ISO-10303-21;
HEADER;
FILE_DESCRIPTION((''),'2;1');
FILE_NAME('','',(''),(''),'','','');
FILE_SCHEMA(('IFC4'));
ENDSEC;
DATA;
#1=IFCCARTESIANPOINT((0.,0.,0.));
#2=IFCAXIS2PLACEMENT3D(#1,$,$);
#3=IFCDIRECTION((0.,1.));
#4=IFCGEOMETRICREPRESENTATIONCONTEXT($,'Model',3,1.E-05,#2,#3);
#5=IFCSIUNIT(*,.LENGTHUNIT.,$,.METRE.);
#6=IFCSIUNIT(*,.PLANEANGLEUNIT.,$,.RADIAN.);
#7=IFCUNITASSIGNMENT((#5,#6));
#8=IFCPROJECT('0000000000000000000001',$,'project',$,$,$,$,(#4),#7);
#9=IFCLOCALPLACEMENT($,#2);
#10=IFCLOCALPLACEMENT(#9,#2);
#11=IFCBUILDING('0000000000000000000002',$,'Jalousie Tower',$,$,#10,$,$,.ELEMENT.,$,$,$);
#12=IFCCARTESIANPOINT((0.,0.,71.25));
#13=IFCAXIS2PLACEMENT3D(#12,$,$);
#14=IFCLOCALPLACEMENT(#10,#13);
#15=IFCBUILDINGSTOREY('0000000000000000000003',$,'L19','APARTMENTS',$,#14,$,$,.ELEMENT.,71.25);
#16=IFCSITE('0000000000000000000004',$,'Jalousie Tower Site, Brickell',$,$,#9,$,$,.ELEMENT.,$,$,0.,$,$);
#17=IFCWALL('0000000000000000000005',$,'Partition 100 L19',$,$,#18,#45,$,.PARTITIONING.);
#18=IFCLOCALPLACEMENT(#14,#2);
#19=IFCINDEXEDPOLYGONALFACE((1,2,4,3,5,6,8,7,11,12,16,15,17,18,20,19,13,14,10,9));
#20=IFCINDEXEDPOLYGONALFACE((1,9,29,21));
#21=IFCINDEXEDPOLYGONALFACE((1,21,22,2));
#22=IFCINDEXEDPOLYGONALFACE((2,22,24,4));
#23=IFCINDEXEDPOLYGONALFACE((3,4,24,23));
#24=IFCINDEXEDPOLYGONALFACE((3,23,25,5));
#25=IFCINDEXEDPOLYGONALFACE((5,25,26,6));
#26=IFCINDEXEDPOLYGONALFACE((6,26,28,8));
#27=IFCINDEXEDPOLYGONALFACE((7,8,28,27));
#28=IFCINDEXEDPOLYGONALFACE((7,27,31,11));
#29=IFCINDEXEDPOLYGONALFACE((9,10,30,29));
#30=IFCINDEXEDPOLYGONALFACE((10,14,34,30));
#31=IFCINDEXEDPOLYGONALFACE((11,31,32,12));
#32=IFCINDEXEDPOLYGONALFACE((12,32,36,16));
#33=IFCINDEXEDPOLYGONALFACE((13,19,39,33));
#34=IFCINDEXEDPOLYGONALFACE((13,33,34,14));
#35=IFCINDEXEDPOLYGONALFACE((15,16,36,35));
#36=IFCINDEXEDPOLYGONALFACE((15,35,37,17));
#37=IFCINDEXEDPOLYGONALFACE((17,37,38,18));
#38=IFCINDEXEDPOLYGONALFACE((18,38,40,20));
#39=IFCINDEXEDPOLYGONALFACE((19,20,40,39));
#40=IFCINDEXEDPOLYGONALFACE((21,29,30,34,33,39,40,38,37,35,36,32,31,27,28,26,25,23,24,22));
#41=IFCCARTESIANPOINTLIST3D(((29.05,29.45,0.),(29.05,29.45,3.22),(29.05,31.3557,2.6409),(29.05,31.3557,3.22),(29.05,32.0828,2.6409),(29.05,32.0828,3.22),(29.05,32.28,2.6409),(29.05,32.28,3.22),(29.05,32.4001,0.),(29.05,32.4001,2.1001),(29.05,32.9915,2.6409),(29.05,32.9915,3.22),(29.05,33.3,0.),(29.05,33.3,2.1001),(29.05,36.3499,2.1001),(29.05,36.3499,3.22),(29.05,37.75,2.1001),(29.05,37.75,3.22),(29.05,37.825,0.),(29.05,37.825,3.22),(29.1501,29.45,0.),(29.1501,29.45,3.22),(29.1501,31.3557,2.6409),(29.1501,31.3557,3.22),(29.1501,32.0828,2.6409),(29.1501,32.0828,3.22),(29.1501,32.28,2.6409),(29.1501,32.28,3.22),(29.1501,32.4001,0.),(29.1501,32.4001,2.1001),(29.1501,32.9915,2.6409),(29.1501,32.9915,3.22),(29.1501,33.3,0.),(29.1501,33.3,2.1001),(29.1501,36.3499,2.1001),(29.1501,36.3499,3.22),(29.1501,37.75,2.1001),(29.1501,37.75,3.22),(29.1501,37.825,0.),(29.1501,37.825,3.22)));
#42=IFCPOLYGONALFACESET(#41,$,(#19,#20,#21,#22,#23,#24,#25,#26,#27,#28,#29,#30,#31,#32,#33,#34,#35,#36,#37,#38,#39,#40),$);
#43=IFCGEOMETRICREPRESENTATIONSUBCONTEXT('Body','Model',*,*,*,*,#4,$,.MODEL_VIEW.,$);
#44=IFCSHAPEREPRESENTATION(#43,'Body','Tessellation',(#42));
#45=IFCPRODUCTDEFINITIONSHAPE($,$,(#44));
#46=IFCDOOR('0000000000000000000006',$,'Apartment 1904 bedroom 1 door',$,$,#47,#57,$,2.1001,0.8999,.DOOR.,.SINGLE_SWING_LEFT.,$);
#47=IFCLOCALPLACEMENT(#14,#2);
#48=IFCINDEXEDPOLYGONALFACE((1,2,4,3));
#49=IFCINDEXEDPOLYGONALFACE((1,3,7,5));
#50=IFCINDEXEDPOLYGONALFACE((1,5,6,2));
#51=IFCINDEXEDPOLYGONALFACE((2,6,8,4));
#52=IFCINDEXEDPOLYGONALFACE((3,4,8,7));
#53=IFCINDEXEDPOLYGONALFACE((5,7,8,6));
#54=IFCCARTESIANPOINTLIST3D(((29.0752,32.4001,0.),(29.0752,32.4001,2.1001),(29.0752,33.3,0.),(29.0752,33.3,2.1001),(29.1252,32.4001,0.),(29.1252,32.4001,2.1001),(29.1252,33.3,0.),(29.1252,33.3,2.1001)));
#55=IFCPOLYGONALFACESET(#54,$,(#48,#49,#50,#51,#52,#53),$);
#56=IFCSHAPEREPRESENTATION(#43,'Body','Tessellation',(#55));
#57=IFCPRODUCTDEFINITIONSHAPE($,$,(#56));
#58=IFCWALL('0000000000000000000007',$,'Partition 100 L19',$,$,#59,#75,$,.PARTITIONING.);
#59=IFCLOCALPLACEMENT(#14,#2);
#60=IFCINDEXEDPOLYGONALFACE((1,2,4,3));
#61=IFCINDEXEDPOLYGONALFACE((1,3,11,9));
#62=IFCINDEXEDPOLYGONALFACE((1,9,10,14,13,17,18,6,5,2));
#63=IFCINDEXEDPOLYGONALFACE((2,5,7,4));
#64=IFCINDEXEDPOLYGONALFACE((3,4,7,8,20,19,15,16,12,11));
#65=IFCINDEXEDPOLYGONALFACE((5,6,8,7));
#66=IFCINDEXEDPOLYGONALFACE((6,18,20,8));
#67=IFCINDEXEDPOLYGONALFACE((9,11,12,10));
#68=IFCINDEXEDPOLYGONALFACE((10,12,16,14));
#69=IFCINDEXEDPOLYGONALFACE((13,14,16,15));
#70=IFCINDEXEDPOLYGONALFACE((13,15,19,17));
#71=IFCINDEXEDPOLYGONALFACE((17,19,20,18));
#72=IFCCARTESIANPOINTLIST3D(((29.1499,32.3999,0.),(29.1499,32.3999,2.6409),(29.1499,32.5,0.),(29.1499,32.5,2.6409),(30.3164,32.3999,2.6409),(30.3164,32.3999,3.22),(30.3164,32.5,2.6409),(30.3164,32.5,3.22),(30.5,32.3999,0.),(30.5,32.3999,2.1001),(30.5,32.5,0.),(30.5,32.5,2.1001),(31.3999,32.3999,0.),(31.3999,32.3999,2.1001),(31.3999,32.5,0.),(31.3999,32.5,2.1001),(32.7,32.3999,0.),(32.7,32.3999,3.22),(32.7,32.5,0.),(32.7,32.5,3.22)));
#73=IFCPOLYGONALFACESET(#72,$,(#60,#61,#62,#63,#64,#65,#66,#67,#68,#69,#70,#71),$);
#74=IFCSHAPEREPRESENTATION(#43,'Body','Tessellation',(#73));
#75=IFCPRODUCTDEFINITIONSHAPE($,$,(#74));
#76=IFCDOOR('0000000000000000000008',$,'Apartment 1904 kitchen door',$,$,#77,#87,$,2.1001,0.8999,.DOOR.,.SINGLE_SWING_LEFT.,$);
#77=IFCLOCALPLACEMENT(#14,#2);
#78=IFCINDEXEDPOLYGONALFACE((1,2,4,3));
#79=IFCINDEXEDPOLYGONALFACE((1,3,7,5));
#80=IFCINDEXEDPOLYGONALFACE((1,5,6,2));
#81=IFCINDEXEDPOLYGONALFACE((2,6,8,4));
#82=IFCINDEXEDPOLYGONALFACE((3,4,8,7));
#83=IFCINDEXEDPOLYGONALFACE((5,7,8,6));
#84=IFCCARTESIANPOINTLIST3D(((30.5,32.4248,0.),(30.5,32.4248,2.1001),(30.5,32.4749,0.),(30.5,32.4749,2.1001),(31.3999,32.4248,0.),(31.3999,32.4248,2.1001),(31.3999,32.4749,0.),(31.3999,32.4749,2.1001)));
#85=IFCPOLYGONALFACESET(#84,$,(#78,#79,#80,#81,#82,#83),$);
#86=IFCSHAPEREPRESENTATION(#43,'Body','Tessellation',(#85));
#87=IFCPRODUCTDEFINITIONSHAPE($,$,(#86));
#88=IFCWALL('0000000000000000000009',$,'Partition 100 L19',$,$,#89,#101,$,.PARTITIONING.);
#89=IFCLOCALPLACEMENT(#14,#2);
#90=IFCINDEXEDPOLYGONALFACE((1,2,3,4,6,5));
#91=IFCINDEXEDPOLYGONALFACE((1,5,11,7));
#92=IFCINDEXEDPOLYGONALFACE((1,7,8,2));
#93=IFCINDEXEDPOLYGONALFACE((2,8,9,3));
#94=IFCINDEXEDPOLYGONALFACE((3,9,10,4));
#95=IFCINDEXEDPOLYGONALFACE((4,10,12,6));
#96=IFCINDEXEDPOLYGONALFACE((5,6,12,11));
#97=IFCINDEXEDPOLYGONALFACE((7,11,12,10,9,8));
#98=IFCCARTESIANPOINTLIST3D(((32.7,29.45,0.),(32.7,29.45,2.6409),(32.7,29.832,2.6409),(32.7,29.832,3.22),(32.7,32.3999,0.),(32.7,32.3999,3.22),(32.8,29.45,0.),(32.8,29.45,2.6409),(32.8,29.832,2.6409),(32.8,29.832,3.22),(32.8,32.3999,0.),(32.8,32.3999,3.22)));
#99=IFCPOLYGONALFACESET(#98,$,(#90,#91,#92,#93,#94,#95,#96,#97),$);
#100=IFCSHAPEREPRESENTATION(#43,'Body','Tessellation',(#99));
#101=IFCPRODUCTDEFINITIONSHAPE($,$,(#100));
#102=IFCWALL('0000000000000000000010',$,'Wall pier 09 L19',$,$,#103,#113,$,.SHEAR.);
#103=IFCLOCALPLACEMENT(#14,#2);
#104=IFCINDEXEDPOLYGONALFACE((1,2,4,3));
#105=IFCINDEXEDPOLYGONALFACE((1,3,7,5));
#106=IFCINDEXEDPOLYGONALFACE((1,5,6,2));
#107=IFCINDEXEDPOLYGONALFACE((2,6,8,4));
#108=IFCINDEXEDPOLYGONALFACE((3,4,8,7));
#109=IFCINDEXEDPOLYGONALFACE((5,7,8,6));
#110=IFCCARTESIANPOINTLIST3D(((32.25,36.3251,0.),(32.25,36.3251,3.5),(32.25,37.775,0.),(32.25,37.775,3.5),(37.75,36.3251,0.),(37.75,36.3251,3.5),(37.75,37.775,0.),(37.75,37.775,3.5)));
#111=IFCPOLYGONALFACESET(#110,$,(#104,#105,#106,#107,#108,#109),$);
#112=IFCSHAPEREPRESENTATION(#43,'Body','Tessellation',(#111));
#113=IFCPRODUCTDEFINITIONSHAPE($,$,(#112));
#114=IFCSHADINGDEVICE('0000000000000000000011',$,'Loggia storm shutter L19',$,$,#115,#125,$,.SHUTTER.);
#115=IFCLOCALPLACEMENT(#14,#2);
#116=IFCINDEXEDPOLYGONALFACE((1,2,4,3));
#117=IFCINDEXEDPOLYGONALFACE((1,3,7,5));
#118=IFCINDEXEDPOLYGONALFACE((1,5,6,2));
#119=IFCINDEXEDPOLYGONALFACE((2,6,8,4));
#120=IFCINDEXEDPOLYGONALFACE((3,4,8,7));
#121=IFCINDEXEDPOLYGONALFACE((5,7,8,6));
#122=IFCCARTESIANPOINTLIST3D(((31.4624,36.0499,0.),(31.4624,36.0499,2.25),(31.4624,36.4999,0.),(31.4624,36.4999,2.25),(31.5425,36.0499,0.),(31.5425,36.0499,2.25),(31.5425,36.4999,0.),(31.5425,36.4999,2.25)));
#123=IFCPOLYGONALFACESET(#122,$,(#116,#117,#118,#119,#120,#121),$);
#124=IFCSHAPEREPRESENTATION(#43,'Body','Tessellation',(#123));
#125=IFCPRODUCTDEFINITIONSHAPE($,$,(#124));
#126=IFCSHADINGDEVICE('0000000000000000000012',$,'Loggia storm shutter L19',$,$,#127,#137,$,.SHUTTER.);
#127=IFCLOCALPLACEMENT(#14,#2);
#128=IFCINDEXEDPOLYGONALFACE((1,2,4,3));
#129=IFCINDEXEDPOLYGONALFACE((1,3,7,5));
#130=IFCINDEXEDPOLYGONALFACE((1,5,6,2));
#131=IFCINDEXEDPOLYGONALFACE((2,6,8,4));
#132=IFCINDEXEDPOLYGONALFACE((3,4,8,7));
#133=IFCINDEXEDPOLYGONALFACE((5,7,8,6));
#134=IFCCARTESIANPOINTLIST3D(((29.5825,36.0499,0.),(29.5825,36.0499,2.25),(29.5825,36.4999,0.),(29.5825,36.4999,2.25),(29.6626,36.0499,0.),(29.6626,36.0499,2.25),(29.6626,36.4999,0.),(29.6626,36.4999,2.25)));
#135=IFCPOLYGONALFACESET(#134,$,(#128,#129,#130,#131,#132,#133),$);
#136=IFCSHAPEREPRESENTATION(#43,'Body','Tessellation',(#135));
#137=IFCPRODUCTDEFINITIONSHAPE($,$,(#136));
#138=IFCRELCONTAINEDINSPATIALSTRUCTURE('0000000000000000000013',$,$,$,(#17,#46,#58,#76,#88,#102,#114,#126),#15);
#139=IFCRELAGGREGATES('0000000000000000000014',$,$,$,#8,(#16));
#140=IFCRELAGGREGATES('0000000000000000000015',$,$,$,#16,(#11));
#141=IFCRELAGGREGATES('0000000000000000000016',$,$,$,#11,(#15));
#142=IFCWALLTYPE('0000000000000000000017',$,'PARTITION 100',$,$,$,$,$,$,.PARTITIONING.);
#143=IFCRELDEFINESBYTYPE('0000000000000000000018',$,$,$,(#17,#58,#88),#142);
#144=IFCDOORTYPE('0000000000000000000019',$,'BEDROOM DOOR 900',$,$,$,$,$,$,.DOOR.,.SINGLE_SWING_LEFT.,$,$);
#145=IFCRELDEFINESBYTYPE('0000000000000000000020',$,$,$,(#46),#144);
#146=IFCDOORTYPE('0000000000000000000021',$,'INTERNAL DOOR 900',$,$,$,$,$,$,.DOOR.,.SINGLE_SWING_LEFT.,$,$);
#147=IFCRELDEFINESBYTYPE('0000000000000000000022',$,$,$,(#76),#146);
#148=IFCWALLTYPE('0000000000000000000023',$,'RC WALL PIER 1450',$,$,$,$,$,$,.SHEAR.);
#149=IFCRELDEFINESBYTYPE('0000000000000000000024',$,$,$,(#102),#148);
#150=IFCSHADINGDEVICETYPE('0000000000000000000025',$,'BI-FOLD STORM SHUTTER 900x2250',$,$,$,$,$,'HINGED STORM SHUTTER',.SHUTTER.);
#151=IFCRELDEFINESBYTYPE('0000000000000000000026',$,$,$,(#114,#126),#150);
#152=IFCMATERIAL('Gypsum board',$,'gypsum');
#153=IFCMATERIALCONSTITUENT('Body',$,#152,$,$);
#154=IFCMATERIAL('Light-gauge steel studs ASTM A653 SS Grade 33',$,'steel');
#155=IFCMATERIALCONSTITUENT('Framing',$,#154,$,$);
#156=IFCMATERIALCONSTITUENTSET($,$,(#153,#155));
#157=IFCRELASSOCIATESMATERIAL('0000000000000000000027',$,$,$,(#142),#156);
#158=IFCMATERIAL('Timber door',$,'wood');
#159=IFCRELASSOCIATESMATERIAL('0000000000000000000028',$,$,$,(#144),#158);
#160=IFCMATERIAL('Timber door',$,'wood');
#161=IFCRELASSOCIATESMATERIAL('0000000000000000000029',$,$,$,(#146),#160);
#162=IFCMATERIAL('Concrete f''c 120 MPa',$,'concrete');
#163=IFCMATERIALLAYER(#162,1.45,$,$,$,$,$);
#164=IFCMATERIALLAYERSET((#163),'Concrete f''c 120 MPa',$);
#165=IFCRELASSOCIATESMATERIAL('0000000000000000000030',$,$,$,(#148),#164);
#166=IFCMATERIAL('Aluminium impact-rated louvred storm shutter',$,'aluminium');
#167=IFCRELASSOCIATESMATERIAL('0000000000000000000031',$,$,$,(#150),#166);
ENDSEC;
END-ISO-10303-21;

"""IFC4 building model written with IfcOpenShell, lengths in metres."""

from ifc_helpers import new_model, si_unit, direction, frame, frame_2d, origin, origin_2d, place, context, subcontext, project, spatial, polyline, rectangle, outline, extrude, material, layer, layer_set, constituent, constituent_set, type_object, element, fill, save


model = new_model("IFC4")

# Units and contexts
model_context = context("Model", 3, precision=1e-05, world=origin(), true_north=direction((0.0, 1.0)))
body_context = subcontext(model_context, "Body", "Model", "MODEL_VIEW")
ifc_project = project(units=[si_unit("LENGTHUNIT", "METRE"), si_unit("PLANEANGLEUNIT", "RADIAN")], contexts=[model_context])

# Site, building, storey
site_placement = place(None, origin())
site = spatial("IfcSite", under=ifc_project, at=site_placement, Name="Jalousie Tower Site, Brickell", CompositionType="ELEMENT", RefElevation=0.0)
building_placement = place(site_placement, origin())
building = spatial("IfcBuilding", under=site, at=building_placement, Name="Jalousie Tower", CompositionType="ELEMENT")
storey_placement = place(building_placement, frame((0.0, 0.0, 71.25)))
storey = spatial("IfcBuildingStorey", under=building, at=storey_placement, Name="L19", Description="APARTMENTS", CompositionType="ELEMENT", Elevation=71.25)

# Walls, openings, doors
ifc_material_1 = material(Name="Gypsum board", Category="gypsum")
ifc_constituent_1 = constituent(ifc_material_1, Name="Body")
ifc_material_2 = material(Name="Light-gauge steel studs ASTM A653 SS Grade 33", Category="steel")
ifc_constituent_2 = constituent(ifc_material_2, Name="Framing")
ifc_constituent_set_1 = constituent_set(constituents=[ifc_constituent_1, ifc_constituent_2])
wall_type_1 = type_object("IfcWallType", Name="PARTITION 100", PredefinedType="PARTITIONING", material=ifc_constituent_set_1)
wall_1_placement = place(storey_placement, frame((29.1001, 37.825, 0.0), z_axis=(0.0, 0.0, 1.0), x_axis=(0.0, -1.0, 0.0)))
wall_1 = element("IfcWall", 1, at=wall_1_placement, inside=storey, type_object=wall_type_1, Name="Partition 100 L19", PredefinedType="PARTITIONING", context=body_context, shape_type="SweptSolid", body=[
    extrude(outline(polyline([(0.0, 0.0), (8.375, 0.0), (8.375, 3.22), (6.4692, 3.22), (6.4692, 2.6409), (5.7422, 2.6409), (5.7422, 3.22), (5.5449, 3.22), (5.5449, 2.6409), (4.8335, 2.6409), (4.8335, 3.22), (1.4751, 3.22), (1.4751, 2.1001), (0.075, 2.1001), (0.075, 3.22), (0.0, 3.22), (0.0, 0.0)])), frame((0.0, 0.05, 0.0), z_axis=(0.0, -1.0, 0.0), x_axis=(1.0, 0.0, 0.0)), (0.0, 0.0, 1.0), 0.1001),
])
opening_1_placement = place(wall_1_placement, frame((4.5249, 0.0, 0.0)))
opening_1 = element("IfcOpeningElement", 2, at=opening_1_placement, cuts=wall_1, PredefinedType="OPENING", context=body_context, shape_type="SweptSolid", body=[
    extrude(rectangle(XDim=0.8999, YDim=2.1001, at=frame_2d((0.45, 1.05))), frame((0.0, 0.0601, 0.0), z_axis=(0.0, -1.0, 0.0), x_axis=(1.0, 0.0, 0.0)), (0.0, 0.0, 1.0), 0.1201),
])
ifc_material_3 = material(Name="Timber door", Category="wood")
door_type_1 = type_object("IfcDoorType", Name="BEDROOM DOOR 900", OperationType="SINGLE_SWING_LEFT", PredefinedType="DOOR", material=ifc_material_3)
door_1_placement = place(opening_1_placement, frame((0.8999, 0.0, 0.0), z_axis=(0.0, 0.0, 1.0), x_axis=(-1.0, 0.0, 0.0)))
door_1 = element("IfcDoor", 3, at=door_1_placement, inside=storey, type_object=door_type_1, Name="Apartment 1904 bedroom 1 door", OperationType="SINGLE_SWING_LEFT", OverallHeight=2.1001, OverallWidth=0.8999, PredefinedType="DOOR", context=body_context, shape_type="SweptSolid", body=[
    extrude(rectangle(XDim=0.8999, YDim=2.1001, at=frame_2d((0.45, 1.05))), frame((0.0, 0.0249, 0.0), z_axis=(0.0, -1.0, 0.0), x_axis=(1.0, 0.0, 0.0)), (0.0, 0.0, 1.0), 0.05),
])
fill(opening_1, door_1)
wall_2_placement = place(storey_placement, frame((29.1499, 32.45, 0.0), z_axis=(0.0, 0.0, 1.0), x_axis=(1.0, 0.0, 0.0)))
wall_2 = element("IfcWall", 4, at=wall_2_placement, inside=storey, type_object=wall_type_1, Name="Partition 100 L19", PredefinedType="PARTITIONING", context=body_context, shape_type="SweptSolid", body=[
    extrude(outline(polyline([(0.0, 0.0), (3.55, 0.0), (3.55, 3.22), (1.1665, 3.22), (1.1665, 2.6409), (0.0, 2.6409), (0.0, 0.0)])), frame((0.0, 0.05, 0.0), z_axis=(0.0, -1.0, 0.0), x_axis=(1.0, 0.0, 0.0)), (0.0, 0.0, 1.0), 0.1001),
])
opening_2_placement = place(wall_2_placement, frame((1.3501, 0.0, 0.0)))
opening_2 = element("IfcOpeningElement", 5, at=opening_2_placement, cuts=wall_2, PredefinedType="OPENING", context=body_context, shape_type="SweptSolid", body=[
    extrude(rectangle(XDim=0.8999, YDim=2.1001, at=frame_2d((0.45, 1.05))), frame((0.0, 0.0601, 0.0), z_axis=(0.0, -1.0, 0.0), x_axis=(1.0, 0.0, 0.0)), (0.0, 0.0, 1.0), 0.1201),
])
ifc_material_4 = material(Name="Timber door", Category="wood")
door_type_2 = type_object("IfcDoorType", Name="INTERNAL DOOR 900", OperationType="SINGLE_SWING_LEFT", PredefinedType="DOOR", material=ifc_material_4)
door_2_placement = place(opening_2_placement, origin())
door_2 = element("IfcDoor", 6, at=door_2_placement, inside=storey, type_object=door_type_2, Name="Apartment 1904 kitchen door", OperationType="SINGLE_SWING_LEFT", OverallHeight=2.1001, OverallWidth=0.8999, PredefinedType="DOOR", context=body_context, shape_type="SweptSolid", body=[
    extrude(rectangle(XDim=0.8999, YDim=2.1001, at=frame_2d((0.45, 1.05))), frame((0.0, 0.0249, 0.0), z_axis=(0.0, -1.0, 0.0), x_axis=(1.0, 0.0, 0.0)), (0.0, 0.0, 1.0), 0.05),
])
fill(opening_2, door_2)

# Walls
wall_3_placement = place(storey_placement, frame((32.75, 32.3999, 0.0), z_axis=(0.0, 0.0, 1.0), x_axis=(0.0, -1.0, 0.0)))
element("IfcWall", 7, at=wall_3_placement, inside=storey, type_object=wall_type_1, Name="Partition 100 L19", PredefinedType="PARTITIONING", context=body_context, shape_type="SweptSolid", body=[
    extrude(outline(polyline([(0.0, 0.0), (2.95, 0.0), (2.95, 2.6409), (2.5679, 2.6409), (2.5679, 3.22), (0.0, 3.22), (0.0, 0.0)])), frame((0.0, 0.05, 0.0), z_axis=(0.0, -1.0, 0.0), x_axis=(1.0, 0.0, 0.0)), (0.0, 0.0, 1.0), 0.1001),
])
ifc_material_5 = material(Name="Concrete f'c 120 MPa", Category="concrete")
ifc_layer_1 = layer(ifc_material_5, 1.45)
ifc_layer_set_1 = layer_set([ifc_layer_1], Name="Concrete f'c 120 MPa")
wall_type_2 = type_object("IfcWallType", Name="RC WALL PIER 1450", PredefinedType="SHEAR", material=ifc_layer_set_1)
wall_4_placement = place(storey_placement, frame((32.25, 37.05, 0.0), z_axis=(0.0, 0.0, 1.0), x_axis=(1.0, 0.0, 0.0)))
element("IfcWall", 8, at=wall_4_placement, inside=storey, type_object=wall_type_2, Name="Wall pier 09 L19", PredefinedType="SHEAR", context=body_context, shape_type="SweptSolid", body=[
    extrude(rectangle(XDim=5.5, YDim=1.45, at=frame_2d((2.75, 0.0))), origin(), (0.0, 0.0, 1.0), 3.5),
])

# Shading devices
ifc_material_6 = material(Name="Aluminium impact-rated louvred storm shutter", Category="aluminium")
shading_device_type_1 = type_object("IfcShadingDeviceType", Name="BI-FOLD STORM SHUTTER 900x2250", ElementType="HINGED STORM SHUTTER", PredefinedType="SHUTTER", material=ifc_material_6)
for number, where, z_axis, x_axis, name in (
    (9, (31.5024, 36.2749, 0.0), (0.0, 0.0, 1.0), (0.0, -1.0, 0.0), "Loggia storm shutter L19"),
    (10, (29.6226, 36.2749, 0.0), (0.0, 0.0, 1.0), (0.0, -1.0, 0.0), "Loggia storm shutter L19"),
):
    element("IfcShadingDevice", number, at=place(storey_placement, frame(where, z_axis=z_axis, x_axis=x_axis)), inside=storey, type_object=shading_device_type_1, Name=name, PredefinedType="SHUTTER", context=body_context, shape_type="SweptSolid", body=[
        extrude(rectangle(XDim=0.45, YDim=0.0801, at=origin_2d()), origin(), (0.0, 0.0, 1.0), 2.25),
    ])

save(model, "model.ifc")
